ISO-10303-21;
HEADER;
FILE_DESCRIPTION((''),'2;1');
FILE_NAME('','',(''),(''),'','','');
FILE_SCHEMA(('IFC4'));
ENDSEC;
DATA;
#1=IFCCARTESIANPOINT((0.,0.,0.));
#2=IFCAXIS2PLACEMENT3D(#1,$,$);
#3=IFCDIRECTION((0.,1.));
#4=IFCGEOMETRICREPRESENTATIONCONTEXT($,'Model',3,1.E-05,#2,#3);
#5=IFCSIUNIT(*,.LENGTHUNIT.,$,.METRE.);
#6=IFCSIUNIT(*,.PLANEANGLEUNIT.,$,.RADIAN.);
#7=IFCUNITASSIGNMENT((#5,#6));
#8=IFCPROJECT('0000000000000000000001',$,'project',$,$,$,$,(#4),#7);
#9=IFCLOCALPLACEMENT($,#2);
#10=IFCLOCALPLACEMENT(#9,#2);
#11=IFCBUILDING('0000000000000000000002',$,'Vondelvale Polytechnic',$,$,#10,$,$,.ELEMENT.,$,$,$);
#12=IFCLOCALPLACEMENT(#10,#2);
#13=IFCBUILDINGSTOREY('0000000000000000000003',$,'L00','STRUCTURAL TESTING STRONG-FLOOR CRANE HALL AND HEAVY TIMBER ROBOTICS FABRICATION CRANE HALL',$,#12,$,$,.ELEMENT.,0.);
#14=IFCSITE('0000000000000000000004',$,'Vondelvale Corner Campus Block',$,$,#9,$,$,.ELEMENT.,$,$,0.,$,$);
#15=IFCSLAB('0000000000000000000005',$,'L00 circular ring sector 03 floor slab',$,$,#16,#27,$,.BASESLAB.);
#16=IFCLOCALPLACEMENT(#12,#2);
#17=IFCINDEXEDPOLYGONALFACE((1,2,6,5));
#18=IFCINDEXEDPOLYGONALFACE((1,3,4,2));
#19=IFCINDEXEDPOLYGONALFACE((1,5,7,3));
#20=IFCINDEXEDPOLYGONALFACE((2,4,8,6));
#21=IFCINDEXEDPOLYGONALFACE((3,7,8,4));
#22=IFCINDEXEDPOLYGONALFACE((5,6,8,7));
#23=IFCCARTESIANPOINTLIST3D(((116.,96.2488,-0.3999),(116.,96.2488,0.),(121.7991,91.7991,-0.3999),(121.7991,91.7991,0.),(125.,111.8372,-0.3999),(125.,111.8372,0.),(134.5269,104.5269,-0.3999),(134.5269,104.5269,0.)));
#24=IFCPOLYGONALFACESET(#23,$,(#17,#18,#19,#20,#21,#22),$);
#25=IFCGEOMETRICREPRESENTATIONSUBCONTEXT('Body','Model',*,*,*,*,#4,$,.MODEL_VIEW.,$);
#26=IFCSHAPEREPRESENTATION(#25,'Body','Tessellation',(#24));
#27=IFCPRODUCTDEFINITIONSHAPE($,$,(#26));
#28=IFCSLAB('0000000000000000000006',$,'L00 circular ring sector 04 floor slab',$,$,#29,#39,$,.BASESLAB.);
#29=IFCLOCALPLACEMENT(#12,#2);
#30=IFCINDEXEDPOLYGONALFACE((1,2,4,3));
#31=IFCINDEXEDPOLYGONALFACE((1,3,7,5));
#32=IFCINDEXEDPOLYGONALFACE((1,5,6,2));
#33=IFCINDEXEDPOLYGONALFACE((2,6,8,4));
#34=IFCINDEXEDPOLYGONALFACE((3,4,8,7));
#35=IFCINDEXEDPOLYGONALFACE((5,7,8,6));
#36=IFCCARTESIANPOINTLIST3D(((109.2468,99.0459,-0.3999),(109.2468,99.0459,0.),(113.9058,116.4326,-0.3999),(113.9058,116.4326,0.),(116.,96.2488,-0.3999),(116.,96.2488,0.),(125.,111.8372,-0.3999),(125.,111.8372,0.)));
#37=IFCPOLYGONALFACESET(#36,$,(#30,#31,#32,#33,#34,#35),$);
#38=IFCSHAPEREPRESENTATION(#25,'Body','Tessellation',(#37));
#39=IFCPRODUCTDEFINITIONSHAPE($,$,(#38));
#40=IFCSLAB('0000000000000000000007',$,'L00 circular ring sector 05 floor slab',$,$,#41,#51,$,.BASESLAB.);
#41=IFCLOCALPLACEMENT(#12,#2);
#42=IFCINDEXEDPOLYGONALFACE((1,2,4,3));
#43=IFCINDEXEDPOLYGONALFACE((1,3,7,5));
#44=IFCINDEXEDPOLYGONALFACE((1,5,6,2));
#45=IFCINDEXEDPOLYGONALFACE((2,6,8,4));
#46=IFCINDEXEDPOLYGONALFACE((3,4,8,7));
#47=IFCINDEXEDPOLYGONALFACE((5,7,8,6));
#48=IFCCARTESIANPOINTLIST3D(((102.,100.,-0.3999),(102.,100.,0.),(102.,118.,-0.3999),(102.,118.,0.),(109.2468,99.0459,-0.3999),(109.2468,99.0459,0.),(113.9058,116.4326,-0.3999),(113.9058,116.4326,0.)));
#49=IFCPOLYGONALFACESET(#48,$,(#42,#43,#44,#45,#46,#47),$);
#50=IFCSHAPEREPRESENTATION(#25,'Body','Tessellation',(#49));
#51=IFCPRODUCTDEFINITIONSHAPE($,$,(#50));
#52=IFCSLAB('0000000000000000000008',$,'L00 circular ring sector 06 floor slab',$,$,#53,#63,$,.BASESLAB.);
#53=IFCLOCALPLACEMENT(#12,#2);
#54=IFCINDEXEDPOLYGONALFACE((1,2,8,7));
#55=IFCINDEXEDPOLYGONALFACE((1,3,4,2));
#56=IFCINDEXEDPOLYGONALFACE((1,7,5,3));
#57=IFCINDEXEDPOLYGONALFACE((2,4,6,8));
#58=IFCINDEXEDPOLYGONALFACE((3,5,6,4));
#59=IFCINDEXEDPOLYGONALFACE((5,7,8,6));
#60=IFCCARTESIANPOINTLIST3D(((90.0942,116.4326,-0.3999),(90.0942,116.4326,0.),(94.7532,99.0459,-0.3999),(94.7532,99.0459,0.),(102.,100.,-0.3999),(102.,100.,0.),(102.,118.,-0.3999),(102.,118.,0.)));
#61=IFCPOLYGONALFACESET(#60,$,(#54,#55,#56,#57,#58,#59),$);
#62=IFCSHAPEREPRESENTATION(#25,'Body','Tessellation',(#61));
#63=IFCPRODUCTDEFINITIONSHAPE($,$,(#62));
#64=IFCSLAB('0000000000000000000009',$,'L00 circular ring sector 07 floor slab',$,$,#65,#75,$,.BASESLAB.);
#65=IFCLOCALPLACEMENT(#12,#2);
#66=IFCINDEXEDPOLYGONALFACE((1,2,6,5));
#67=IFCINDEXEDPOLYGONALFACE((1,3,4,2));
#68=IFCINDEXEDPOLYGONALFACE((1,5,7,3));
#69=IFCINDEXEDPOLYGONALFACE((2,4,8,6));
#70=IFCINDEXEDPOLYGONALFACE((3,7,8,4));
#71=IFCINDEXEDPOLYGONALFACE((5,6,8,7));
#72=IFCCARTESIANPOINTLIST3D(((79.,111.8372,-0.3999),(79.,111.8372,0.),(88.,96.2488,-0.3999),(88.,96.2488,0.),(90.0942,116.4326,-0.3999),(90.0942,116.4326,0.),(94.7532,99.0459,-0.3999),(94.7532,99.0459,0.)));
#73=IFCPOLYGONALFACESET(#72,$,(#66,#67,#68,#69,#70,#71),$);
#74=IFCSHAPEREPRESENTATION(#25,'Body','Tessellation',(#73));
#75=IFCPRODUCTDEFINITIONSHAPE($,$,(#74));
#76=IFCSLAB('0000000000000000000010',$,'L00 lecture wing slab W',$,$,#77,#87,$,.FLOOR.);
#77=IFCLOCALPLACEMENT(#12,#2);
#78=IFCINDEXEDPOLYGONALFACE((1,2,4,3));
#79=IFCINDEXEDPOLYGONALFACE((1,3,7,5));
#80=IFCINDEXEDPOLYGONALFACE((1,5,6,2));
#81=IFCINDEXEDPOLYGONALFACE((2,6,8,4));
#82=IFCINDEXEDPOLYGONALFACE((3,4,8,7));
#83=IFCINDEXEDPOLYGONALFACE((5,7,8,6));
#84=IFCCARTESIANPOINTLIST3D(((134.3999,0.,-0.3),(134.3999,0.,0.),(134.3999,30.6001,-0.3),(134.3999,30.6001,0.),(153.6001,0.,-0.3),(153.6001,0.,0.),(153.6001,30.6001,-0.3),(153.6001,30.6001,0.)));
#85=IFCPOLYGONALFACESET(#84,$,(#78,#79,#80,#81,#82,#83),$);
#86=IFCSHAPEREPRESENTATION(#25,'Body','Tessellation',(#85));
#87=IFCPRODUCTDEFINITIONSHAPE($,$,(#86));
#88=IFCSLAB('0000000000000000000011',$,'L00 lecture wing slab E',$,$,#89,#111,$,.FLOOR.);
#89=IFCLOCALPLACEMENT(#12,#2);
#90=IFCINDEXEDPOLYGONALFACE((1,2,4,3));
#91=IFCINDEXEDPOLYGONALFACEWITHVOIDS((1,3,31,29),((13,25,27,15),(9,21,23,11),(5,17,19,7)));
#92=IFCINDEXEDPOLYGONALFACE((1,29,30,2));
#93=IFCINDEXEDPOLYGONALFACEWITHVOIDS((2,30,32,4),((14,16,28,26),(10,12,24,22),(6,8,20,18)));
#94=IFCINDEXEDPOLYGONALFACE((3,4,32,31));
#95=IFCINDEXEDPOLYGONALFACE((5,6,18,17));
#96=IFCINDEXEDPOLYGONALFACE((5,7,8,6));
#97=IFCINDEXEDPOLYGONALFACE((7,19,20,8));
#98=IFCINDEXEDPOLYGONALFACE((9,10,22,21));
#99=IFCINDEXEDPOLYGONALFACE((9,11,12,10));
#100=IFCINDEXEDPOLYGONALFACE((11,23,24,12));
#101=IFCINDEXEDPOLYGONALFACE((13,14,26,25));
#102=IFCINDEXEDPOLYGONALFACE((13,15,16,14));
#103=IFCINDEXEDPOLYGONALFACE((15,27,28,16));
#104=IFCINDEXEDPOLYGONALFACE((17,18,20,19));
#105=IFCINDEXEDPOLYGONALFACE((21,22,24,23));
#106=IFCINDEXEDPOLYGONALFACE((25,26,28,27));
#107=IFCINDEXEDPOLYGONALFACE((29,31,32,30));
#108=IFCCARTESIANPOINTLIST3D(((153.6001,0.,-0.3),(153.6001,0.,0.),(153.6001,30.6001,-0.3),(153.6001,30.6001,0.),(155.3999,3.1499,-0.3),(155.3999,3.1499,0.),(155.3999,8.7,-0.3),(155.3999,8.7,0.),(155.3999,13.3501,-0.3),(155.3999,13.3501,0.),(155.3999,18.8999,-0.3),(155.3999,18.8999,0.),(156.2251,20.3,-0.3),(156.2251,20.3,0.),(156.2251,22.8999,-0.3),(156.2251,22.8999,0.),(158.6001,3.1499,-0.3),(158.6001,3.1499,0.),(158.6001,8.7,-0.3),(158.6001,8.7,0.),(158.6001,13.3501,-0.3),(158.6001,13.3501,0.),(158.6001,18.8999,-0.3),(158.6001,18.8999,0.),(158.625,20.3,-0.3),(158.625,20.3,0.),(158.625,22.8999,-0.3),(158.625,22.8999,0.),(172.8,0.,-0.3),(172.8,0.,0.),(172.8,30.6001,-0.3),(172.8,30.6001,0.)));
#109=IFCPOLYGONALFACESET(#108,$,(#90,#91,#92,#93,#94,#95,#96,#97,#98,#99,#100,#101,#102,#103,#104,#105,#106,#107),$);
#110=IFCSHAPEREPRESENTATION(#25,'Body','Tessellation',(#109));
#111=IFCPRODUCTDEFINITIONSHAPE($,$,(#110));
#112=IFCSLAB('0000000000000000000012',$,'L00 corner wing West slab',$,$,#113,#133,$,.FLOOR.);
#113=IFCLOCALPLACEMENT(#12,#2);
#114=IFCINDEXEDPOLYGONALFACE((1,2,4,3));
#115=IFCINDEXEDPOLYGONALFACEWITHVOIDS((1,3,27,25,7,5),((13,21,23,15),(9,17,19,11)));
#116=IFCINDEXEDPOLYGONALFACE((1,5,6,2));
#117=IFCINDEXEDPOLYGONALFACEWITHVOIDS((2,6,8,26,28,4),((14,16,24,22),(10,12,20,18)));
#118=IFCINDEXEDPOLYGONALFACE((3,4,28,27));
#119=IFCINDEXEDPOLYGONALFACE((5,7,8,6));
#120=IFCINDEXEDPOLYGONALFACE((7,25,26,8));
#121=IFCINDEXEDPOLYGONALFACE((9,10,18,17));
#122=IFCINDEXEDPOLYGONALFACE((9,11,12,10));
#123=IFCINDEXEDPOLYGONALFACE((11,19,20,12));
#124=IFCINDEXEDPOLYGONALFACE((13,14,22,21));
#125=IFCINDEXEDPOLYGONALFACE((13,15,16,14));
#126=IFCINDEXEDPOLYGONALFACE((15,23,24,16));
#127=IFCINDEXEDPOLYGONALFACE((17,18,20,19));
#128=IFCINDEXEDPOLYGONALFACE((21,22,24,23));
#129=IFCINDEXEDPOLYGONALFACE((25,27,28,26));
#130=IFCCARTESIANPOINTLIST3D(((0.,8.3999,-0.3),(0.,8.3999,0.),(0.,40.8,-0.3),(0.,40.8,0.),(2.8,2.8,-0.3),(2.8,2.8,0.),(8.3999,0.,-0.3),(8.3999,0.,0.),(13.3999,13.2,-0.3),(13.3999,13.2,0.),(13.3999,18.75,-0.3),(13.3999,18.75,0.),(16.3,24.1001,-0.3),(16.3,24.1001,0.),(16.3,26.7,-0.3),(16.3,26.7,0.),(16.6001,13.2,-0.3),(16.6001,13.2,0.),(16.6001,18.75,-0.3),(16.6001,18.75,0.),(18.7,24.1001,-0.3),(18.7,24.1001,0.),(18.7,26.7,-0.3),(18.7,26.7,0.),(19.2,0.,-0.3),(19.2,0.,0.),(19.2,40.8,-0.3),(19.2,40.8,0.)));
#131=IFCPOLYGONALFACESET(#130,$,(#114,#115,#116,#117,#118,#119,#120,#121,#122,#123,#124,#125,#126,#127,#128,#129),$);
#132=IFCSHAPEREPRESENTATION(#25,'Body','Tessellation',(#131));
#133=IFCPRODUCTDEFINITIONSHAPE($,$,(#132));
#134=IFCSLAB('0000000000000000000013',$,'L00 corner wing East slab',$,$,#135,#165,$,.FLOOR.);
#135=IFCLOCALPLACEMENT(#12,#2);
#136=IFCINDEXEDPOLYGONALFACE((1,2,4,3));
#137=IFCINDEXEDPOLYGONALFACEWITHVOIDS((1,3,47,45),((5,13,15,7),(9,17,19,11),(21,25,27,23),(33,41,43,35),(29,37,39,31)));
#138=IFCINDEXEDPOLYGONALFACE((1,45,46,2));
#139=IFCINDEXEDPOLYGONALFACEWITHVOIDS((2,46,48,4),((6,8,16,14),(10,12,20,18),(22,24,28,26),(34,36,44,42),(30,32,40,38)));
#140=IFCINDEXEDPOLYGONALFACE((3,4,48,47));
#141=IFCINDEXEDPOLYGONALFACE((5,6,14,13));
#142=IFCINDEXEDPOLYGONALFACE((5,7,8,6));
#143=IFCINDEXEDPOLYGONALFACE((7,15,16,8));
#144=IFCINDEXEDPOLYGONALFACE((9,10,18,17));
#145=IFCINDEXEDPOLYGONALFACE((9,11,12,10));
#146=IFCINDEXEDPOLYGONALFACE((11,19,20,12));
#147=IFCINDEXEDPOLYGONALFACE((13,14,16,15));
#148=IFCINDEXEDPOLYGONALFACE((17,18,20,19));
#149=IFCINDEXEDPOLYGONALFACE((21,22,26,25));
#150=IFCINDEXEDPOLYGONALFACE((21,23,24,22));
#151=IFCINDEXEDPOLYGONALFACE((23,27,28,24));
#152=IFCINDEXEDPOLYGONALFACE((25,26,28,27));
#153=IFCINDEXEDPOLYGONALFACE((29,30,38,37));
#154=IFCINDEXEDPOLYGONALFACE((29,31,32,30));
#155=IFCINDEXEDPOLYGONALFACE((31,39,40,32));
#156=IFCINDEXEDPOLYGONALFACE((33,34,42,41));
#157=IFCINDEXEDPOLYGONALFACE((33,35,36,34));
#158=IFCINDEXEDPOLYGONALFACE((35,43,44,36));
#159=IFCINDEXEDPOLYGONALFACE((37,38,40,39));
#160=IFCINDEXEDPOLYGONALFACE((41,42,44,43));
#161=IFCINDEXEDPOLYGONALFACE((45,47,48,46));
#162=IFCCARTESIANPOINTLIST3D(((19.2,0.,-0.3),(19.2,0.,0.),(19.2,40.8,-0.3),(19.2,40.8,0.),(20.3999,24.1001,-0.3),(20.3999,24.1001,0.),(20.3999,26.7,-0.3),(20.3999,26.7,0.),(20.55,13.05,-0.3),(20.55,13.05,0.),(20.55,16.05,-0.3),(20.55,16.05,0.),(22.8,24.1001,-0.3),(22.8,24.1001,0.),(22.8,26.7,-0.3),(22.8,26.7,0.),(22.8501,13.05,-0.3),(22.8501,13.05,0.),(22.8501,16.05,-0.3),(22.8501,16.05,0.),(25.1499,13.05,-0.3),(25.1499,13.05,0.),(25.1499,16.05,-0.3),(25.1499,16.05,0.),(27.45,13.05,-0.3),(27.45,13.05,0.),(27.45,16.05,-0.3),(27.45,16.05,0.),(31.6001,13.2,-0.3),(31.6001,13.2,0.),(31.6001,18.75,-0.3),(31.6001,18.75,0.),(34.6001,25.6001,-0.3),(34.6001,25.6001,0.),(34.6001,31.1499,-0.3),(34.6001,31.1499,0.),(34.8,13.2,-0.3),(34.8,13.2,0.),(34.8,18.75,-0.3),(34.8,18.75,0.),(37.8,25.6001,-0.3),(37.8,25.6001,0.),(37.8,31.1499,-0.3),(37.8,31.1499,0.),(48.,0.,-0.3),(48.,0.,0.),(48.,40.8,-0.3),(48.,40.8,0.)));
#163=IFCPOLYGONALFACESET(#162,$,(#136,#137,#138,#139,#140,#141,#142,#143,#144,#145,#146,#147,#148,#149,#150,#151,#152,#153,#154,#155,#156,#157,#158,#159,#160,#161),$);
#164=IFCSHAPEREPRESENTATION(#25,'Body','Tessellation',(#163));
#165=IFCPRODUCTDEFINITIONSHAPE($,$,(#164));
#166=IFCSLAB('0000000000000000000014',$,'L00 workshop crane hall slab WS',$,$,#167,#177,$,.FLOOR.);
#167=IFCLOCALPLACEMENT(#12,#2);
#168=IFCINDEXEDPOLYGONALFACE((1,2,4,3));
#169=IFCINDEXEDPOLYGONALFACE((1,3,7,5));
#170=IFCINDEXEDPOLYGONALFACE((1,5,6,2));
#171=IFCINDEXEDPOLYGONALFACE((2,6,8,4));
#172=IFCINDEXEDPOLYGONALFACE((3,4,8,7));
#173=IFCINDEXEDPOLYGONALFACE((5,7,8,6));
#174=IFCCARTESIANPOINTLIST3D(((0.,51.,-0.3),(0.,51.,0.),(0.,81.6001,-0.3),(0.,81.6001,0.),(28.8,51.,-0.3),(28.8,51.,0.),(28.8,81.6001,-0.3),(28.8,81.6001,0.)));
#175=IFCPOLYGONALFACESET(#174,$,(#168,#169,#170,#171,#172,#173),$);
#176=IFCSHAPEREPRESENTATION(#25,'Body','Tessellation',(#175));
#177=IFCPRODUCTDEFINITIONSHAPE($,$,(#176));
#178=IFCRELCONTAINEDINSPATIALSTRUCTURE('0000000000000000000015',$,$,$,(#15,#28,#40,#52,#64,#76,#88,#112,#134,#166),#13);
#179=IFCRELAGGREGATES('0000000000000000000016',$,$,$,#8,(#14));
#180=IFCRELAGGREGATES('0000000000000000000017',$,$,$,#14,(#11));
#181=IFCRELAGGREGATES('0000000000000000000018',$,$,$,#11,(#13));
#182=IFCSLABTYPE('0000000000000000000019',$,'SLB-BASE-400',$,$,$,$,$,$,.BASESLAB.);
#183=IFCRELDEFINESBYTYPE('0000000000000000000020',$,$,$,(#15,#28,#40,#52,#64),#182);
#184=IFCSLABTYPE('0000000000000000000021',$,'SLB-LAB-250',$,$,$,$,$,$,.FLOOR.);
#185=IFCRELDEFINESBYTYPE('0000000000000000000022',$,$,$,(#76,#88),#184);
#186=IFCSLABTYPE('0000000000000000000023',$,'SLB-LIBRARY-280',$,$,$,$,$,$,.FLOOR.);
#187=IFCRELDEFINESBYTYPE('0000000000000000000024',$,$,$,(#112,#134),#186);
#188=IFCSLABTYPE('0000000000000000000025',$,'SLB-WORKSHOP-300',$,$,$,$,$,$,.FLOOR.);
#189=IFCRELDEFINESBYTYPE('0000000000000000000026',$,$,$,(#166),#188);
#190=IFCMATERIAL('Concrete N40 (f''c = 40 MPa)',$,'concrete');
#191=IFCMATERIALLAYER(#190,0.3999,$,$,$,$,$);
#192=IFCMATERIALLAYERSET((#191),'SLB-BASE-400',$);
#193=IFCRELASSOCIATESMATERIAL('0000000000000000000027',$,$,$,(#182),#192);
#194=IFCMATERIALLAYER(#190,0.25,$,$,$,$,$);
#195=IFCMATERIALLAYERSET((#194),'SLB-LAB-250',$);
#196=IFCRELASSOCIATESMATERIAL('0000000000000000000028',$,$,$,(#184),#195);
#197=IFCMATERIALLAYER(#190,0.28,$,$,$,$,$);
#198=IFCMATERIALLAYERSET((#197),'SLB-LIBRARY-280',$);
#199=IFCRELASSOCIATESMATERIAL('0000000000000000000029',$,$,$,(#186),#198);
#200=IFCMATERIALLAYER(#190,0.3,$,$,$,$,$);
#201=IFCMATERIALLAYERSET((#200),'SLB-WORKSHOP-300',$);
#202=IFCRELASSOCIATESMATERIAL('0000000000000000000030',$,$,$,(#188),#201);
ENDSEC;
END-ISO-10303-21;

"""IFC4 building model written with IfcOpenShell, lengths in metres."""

from ifc_helpers import new_model, si_unit, direction, frame, origin, place, context, subcontext, project, spatial, polyline, outline, extrude, material, layer, layer_set, type_object, element, save


model = new_model("IFC4")

# Units and contexts
model_context = context("Model", 3, precision=1e-05, world=origin(), true_north=direction((0.0, 1.0)))
body_context = subcontext(model_context, "Body", "Model", "MODEL_VIEW")
ifc_project = project(units=[si_unit("LENGTHUNIT", "METRE"), si_unit("PLANEANGLEUNIT", "RADIAN")], contexts=[model_context])

# Site, building, storey
site_placement = place(None, origin())
site = spatial("IfcSite", under=ifc_project, at=site_placement, Name="Vondelvale Corner Campus Block", CompositionType="ELEMENT", RefElevation=0.0)
building_placement = place(site_placement, origin())
building = spatial("IfcBuilding", under=site, at=building_placement, Name="Vondelvale Polytechnic", CompositionType="ELEMENT")
storey_placement = place(building_placement, origin())
storey = spatial("IfcBuildingStorey", under=building, at=storey_placement, Name="L00", Description="STRUCTURAL TESTING STRONG-FLOOR CRANE HALL AND HEAVY TIMBER ROBOTICS FABRICATION CRANE HALL", CompositionType="ELEMENT", Elevation=0.0)

# Shared definitions
ifc_material = material(Name="Concrete N40 (f'c = 40 MPa)", Category="concrete")

# Slabs
ifc_layer_1 = layer(ifc_material, 0.3999)
ifc_layer_set_1 = layer_set([ifc_layer_1], Name="SLB-BASE-400")
slab_type_1 = type_object("IfcSlabType", Name="SLB-BASE-400", PredefinedType="BASESLAB", material=ifc_layer_set_1)
slab_1_placement = place(storey_placement, frame((0.0, 0.0, -0.3999)))
element("IfcSlab", 1, at=slab_1_placement, inside=storey, type_object=slab_type_1, Name="L00 circular ring sector 03 floor slab", PredefinedType="BASESLAB", context=body_context, shape_type="SweptSolid", body=[
    extrude(outline(polyline([(121.7991, 91.7991), (134.5269, 104.5269), (125.0, 111.8372), (116.0, 96.2488), (121.7991, 91.7991)])), origin(), (0.0, 0.0, 1.0), 0.3999),
])
slab_2_placement = place(storey_placement, frame((0.0, 0.0, -0.3999)))
element("IfcSlab", 2, at=slab_2_placement, inside=storey, type_object=slab_type_1, Name="L00 circular ring sector 04 floor slab", PredefinedType="BASESLAB", context=body_context, shape_type="SweptSolid", body=[
    extrude(outline(polyline([(116.0, 96.2488), (125.0, 111.8372), (113.9058, 116.4326), (109.2468, 99.0459), (116.0, 96.2488)])), origin(), (0.0, 0.0, 1.0), 0.3999),
])
slab_3_placement = place(storey_placement, frame((0.0, 0.0, -0.3999)))
element("IfcSlab", 3, at=slab_3_placement, inside=storey, type_object=slab_type_1, Name="L00 circular ring sector 05 floor slab", PredefinedType="BASESLAB", context=body_context, shape_type="SweptSolid", body=[
    extrude(outline(polyline([(109.2468, 99.0459), (113.9058, 116.4326), (102.0, 118.0), (102.0, 100.0), (109.2468, 99.0459)])), origin(), (0.0, 0.0, 1.0), 0.3999),
])
slab_4_placement = place(storey_placement, frame((0.0, 0.0, -0.3999)))
element("IfcSlab", 4, at=slab_4_placement, inside=storey, type_object=slab_type_1, Name="L00 circular ring sector 06 floor slab", PredefinedType="BASESLAB", context=body_context, shape_type="SweptSolid", body=[
    extrude(outline(polyline([(102.0, 100.0), (102.0, 118.0), (90.0942, 116.4326), (94.7532, 99.0459), (102.0, 100.0)])), origin(), (0.0, 0.0, 1.0), 0.3999),
])
slab_5_placement = place(storey_placement, frame((0.0, 0.0, -0.3999)))
element("IfcSlab", 5, at=slab_5_placement, inside=storey, type_object=slab_type_1, Name="L00 circular ring sector 07 floor slab", PredefinedType="BASESLAB", context=body_context, shape_type="SweptSolid", body=[
    extrude(outline(polyline([(94.7532, 99.0459), (90.0942, 116.4326), (79.0, 111.8372), (88.0, 96.2488), (94.7532, 99.0459)])), origin(), (0.0, 0.0, 1.0), 0.3999),
])
ifc_layer_2 = layer(ifc_material, 0.25)
ifc_layer_set_2 = layer_set([ifc_layer_2], Name="SLB-LAB-250")
slab_type_2 = type_object("IfcSlabType", Name="SLB-LAB-250", PredefinedType="FLOOR", material=ifc_layer_set_2)
slab_6_placement = place(storey_placement, frame((0.0, 0.0, -0.3)))
element("IfcSlab", 6, at=slab_6_placement, inside=storey, type_object=slab_type_2, Name="L00 lecture wing slab W", PredefinedType="FLOOR", context=body_context, shape_type="SweptSolid", body=[
    extrude(outline(polyline([(134.3999, 0.0), (153.6001, 0.0), (153.6001, 30.6001), (134.3999, 30.6001), (134.3999, 0.0)])), origin(), (0.0, 0.0, 1.0), 0.3),
])
slab_7_placement = place(storey_placement, frame((0.0, 0.0, -0.3)))
element("IfcSlab", 7, at=slab_7_placement, inside=storey, type_object=slab_type_2, Name="L00 lecture wing slab E", PredefinedType="FLOOR", context=body_context, shape_type="SweptSolid", body=[
    extrude(outline(polyline([(153.6001, 0.0), (172.8, 0.0), (172.8, 30.6001), (153.6001, 30.6001), (153.6001, 0.0)]), holes=[polyline([(158.6001, 3.1499), (158.6001, 8.7), (155.3999, 8.7), (155.3999, 3.1499), (158.6001, 3.1499)]), polyline([(158.6001, 13.3501), (158.6001, 18.8999), (155.3999, 18.8999), (155.3999, 13.3501), (158.6001, 13.3501)]), polyline([(156.2251, 20.3), (158.625, 20.3), (158.625, 22.8999), (156.2251, 22.8999), (156.2251, 20.3)])]), origin(), (0.0, 0.0, 1.0), 0.3),
])
ifc_layer_3 = layer(ifc_material, 0.28)
ifc_layer_set_3 = layer_set([ifc_layer_3], Name="SLB-LIBRARY-280")
slab_type_3 = type_object("IfcSlabType", Name="SLB-LIBRARY-280", PredefinedType="FLOOR", material=ifc_layer_set_3)
slab_8_placement = place(storey_placement, frame((0.0, 0.0, -0.3)))
element("IfcSlab", 8, at=slab_8_placement, inside=storey, type_object=slab_type_3, Name="L00 corner wing West slab", PredefinedType="FLOOR", context=body_context, shape_type="SweptSolid", body=[
    extrude(outline(polyline([(8.3999, 0.0), (19.2, 0.0), (19.2, 40.8), (0.0, 40.8), (0.0, 8.3999), (2.8, 2.8), (8.3999, 0.0)]), holes=[polyline([(13.3999, 18.75), (13.3999, 13.2), (16.6001, 13.2), (16.6001, 18.75), (13.3999, 18.75)]), polyline([(16.3, 24.1001), (18.7, 24.1001), (18.7, 26.7), (16.3, 26.7), (16.3, 24.1001)])]), origin(), (0.0, 0.0, 1.0), 0.3),
])
slab_9_placement = place(storey_placement, frame((0.0, 0.0, -0.3)))
element("IfcSlab", 9, at=slab_9_placement, inside=storey, type_object=slab_type_3, Name="L00 corner wing East slab", PredefinedType="FLOOR", context=body_context, shape_type="SweptSolid", body=[
    extrude(outline(polyline([(19.2, 0.0), (48.0, 0.0), (48.0, 40.8), (19.2, 40.8), (19.2, 0.0)]), holes=[polyline([(31.6001, 18.75), (31.6001, 13.2), (34.8, 13.2), (34.8, 18.75), (31.6001, 18.75)]), polyline([(37.8, 25.6001), (37.8, 31.1499), (34.6001, 31.1499), (34.6001, 25.6001), (37.8, 25.6001)]), polyline([(20.55, 13.05), (22.8501, 13.05), (22.8501, 16.05), (20.55, 16.05), (20.55, 13.05)]), polyline([(25.1499, 13.05), (27.45, 13.05), (27.45, 16.05), (25.1499, 16.05), (25.1499, 13.05)]), polyline([(20.3999, 24.1001), (22.8, 24.1001), (22.8, 26.7), (20.3999, 26.7), (20.3999, 24.1001)])]), origin(), (0.0, 0.0, 1.0), 0.3),
])
ifc_layer_4 = layer(ifc_material, 0.3)
ifc_layer_set_4 = layer_set([ifc_layer_4], Name="SLB-WORKSHOP-300")
slab_type_4 = type_object("IfcSlabType", Name="SLB-WORKSHOP-300", PredefinedType="FLOOR", material=ifc_layer_set_4)
slab_10_placement = place(storey_placement, frame((0.0, 0.0, -0.3)))
element("IfcSlab", 10, at=slab_10_placement, inside=storey, type_object=slab_type_4, Name="L00 workshop crane hall slab WS", PredefinedType="FLOOR", context=body_context, shape_type="SweptSolid", body=[
    extrude(outline(polyline([(0.0, 51.0), (28.8, 51.0), (28.8, 81.6001), (0.0, 81.6001), (0.0, 51.0)])), origin(), (0.0, 0.0, 1.0), 0.3),
])

save(model, "model.ifc")
